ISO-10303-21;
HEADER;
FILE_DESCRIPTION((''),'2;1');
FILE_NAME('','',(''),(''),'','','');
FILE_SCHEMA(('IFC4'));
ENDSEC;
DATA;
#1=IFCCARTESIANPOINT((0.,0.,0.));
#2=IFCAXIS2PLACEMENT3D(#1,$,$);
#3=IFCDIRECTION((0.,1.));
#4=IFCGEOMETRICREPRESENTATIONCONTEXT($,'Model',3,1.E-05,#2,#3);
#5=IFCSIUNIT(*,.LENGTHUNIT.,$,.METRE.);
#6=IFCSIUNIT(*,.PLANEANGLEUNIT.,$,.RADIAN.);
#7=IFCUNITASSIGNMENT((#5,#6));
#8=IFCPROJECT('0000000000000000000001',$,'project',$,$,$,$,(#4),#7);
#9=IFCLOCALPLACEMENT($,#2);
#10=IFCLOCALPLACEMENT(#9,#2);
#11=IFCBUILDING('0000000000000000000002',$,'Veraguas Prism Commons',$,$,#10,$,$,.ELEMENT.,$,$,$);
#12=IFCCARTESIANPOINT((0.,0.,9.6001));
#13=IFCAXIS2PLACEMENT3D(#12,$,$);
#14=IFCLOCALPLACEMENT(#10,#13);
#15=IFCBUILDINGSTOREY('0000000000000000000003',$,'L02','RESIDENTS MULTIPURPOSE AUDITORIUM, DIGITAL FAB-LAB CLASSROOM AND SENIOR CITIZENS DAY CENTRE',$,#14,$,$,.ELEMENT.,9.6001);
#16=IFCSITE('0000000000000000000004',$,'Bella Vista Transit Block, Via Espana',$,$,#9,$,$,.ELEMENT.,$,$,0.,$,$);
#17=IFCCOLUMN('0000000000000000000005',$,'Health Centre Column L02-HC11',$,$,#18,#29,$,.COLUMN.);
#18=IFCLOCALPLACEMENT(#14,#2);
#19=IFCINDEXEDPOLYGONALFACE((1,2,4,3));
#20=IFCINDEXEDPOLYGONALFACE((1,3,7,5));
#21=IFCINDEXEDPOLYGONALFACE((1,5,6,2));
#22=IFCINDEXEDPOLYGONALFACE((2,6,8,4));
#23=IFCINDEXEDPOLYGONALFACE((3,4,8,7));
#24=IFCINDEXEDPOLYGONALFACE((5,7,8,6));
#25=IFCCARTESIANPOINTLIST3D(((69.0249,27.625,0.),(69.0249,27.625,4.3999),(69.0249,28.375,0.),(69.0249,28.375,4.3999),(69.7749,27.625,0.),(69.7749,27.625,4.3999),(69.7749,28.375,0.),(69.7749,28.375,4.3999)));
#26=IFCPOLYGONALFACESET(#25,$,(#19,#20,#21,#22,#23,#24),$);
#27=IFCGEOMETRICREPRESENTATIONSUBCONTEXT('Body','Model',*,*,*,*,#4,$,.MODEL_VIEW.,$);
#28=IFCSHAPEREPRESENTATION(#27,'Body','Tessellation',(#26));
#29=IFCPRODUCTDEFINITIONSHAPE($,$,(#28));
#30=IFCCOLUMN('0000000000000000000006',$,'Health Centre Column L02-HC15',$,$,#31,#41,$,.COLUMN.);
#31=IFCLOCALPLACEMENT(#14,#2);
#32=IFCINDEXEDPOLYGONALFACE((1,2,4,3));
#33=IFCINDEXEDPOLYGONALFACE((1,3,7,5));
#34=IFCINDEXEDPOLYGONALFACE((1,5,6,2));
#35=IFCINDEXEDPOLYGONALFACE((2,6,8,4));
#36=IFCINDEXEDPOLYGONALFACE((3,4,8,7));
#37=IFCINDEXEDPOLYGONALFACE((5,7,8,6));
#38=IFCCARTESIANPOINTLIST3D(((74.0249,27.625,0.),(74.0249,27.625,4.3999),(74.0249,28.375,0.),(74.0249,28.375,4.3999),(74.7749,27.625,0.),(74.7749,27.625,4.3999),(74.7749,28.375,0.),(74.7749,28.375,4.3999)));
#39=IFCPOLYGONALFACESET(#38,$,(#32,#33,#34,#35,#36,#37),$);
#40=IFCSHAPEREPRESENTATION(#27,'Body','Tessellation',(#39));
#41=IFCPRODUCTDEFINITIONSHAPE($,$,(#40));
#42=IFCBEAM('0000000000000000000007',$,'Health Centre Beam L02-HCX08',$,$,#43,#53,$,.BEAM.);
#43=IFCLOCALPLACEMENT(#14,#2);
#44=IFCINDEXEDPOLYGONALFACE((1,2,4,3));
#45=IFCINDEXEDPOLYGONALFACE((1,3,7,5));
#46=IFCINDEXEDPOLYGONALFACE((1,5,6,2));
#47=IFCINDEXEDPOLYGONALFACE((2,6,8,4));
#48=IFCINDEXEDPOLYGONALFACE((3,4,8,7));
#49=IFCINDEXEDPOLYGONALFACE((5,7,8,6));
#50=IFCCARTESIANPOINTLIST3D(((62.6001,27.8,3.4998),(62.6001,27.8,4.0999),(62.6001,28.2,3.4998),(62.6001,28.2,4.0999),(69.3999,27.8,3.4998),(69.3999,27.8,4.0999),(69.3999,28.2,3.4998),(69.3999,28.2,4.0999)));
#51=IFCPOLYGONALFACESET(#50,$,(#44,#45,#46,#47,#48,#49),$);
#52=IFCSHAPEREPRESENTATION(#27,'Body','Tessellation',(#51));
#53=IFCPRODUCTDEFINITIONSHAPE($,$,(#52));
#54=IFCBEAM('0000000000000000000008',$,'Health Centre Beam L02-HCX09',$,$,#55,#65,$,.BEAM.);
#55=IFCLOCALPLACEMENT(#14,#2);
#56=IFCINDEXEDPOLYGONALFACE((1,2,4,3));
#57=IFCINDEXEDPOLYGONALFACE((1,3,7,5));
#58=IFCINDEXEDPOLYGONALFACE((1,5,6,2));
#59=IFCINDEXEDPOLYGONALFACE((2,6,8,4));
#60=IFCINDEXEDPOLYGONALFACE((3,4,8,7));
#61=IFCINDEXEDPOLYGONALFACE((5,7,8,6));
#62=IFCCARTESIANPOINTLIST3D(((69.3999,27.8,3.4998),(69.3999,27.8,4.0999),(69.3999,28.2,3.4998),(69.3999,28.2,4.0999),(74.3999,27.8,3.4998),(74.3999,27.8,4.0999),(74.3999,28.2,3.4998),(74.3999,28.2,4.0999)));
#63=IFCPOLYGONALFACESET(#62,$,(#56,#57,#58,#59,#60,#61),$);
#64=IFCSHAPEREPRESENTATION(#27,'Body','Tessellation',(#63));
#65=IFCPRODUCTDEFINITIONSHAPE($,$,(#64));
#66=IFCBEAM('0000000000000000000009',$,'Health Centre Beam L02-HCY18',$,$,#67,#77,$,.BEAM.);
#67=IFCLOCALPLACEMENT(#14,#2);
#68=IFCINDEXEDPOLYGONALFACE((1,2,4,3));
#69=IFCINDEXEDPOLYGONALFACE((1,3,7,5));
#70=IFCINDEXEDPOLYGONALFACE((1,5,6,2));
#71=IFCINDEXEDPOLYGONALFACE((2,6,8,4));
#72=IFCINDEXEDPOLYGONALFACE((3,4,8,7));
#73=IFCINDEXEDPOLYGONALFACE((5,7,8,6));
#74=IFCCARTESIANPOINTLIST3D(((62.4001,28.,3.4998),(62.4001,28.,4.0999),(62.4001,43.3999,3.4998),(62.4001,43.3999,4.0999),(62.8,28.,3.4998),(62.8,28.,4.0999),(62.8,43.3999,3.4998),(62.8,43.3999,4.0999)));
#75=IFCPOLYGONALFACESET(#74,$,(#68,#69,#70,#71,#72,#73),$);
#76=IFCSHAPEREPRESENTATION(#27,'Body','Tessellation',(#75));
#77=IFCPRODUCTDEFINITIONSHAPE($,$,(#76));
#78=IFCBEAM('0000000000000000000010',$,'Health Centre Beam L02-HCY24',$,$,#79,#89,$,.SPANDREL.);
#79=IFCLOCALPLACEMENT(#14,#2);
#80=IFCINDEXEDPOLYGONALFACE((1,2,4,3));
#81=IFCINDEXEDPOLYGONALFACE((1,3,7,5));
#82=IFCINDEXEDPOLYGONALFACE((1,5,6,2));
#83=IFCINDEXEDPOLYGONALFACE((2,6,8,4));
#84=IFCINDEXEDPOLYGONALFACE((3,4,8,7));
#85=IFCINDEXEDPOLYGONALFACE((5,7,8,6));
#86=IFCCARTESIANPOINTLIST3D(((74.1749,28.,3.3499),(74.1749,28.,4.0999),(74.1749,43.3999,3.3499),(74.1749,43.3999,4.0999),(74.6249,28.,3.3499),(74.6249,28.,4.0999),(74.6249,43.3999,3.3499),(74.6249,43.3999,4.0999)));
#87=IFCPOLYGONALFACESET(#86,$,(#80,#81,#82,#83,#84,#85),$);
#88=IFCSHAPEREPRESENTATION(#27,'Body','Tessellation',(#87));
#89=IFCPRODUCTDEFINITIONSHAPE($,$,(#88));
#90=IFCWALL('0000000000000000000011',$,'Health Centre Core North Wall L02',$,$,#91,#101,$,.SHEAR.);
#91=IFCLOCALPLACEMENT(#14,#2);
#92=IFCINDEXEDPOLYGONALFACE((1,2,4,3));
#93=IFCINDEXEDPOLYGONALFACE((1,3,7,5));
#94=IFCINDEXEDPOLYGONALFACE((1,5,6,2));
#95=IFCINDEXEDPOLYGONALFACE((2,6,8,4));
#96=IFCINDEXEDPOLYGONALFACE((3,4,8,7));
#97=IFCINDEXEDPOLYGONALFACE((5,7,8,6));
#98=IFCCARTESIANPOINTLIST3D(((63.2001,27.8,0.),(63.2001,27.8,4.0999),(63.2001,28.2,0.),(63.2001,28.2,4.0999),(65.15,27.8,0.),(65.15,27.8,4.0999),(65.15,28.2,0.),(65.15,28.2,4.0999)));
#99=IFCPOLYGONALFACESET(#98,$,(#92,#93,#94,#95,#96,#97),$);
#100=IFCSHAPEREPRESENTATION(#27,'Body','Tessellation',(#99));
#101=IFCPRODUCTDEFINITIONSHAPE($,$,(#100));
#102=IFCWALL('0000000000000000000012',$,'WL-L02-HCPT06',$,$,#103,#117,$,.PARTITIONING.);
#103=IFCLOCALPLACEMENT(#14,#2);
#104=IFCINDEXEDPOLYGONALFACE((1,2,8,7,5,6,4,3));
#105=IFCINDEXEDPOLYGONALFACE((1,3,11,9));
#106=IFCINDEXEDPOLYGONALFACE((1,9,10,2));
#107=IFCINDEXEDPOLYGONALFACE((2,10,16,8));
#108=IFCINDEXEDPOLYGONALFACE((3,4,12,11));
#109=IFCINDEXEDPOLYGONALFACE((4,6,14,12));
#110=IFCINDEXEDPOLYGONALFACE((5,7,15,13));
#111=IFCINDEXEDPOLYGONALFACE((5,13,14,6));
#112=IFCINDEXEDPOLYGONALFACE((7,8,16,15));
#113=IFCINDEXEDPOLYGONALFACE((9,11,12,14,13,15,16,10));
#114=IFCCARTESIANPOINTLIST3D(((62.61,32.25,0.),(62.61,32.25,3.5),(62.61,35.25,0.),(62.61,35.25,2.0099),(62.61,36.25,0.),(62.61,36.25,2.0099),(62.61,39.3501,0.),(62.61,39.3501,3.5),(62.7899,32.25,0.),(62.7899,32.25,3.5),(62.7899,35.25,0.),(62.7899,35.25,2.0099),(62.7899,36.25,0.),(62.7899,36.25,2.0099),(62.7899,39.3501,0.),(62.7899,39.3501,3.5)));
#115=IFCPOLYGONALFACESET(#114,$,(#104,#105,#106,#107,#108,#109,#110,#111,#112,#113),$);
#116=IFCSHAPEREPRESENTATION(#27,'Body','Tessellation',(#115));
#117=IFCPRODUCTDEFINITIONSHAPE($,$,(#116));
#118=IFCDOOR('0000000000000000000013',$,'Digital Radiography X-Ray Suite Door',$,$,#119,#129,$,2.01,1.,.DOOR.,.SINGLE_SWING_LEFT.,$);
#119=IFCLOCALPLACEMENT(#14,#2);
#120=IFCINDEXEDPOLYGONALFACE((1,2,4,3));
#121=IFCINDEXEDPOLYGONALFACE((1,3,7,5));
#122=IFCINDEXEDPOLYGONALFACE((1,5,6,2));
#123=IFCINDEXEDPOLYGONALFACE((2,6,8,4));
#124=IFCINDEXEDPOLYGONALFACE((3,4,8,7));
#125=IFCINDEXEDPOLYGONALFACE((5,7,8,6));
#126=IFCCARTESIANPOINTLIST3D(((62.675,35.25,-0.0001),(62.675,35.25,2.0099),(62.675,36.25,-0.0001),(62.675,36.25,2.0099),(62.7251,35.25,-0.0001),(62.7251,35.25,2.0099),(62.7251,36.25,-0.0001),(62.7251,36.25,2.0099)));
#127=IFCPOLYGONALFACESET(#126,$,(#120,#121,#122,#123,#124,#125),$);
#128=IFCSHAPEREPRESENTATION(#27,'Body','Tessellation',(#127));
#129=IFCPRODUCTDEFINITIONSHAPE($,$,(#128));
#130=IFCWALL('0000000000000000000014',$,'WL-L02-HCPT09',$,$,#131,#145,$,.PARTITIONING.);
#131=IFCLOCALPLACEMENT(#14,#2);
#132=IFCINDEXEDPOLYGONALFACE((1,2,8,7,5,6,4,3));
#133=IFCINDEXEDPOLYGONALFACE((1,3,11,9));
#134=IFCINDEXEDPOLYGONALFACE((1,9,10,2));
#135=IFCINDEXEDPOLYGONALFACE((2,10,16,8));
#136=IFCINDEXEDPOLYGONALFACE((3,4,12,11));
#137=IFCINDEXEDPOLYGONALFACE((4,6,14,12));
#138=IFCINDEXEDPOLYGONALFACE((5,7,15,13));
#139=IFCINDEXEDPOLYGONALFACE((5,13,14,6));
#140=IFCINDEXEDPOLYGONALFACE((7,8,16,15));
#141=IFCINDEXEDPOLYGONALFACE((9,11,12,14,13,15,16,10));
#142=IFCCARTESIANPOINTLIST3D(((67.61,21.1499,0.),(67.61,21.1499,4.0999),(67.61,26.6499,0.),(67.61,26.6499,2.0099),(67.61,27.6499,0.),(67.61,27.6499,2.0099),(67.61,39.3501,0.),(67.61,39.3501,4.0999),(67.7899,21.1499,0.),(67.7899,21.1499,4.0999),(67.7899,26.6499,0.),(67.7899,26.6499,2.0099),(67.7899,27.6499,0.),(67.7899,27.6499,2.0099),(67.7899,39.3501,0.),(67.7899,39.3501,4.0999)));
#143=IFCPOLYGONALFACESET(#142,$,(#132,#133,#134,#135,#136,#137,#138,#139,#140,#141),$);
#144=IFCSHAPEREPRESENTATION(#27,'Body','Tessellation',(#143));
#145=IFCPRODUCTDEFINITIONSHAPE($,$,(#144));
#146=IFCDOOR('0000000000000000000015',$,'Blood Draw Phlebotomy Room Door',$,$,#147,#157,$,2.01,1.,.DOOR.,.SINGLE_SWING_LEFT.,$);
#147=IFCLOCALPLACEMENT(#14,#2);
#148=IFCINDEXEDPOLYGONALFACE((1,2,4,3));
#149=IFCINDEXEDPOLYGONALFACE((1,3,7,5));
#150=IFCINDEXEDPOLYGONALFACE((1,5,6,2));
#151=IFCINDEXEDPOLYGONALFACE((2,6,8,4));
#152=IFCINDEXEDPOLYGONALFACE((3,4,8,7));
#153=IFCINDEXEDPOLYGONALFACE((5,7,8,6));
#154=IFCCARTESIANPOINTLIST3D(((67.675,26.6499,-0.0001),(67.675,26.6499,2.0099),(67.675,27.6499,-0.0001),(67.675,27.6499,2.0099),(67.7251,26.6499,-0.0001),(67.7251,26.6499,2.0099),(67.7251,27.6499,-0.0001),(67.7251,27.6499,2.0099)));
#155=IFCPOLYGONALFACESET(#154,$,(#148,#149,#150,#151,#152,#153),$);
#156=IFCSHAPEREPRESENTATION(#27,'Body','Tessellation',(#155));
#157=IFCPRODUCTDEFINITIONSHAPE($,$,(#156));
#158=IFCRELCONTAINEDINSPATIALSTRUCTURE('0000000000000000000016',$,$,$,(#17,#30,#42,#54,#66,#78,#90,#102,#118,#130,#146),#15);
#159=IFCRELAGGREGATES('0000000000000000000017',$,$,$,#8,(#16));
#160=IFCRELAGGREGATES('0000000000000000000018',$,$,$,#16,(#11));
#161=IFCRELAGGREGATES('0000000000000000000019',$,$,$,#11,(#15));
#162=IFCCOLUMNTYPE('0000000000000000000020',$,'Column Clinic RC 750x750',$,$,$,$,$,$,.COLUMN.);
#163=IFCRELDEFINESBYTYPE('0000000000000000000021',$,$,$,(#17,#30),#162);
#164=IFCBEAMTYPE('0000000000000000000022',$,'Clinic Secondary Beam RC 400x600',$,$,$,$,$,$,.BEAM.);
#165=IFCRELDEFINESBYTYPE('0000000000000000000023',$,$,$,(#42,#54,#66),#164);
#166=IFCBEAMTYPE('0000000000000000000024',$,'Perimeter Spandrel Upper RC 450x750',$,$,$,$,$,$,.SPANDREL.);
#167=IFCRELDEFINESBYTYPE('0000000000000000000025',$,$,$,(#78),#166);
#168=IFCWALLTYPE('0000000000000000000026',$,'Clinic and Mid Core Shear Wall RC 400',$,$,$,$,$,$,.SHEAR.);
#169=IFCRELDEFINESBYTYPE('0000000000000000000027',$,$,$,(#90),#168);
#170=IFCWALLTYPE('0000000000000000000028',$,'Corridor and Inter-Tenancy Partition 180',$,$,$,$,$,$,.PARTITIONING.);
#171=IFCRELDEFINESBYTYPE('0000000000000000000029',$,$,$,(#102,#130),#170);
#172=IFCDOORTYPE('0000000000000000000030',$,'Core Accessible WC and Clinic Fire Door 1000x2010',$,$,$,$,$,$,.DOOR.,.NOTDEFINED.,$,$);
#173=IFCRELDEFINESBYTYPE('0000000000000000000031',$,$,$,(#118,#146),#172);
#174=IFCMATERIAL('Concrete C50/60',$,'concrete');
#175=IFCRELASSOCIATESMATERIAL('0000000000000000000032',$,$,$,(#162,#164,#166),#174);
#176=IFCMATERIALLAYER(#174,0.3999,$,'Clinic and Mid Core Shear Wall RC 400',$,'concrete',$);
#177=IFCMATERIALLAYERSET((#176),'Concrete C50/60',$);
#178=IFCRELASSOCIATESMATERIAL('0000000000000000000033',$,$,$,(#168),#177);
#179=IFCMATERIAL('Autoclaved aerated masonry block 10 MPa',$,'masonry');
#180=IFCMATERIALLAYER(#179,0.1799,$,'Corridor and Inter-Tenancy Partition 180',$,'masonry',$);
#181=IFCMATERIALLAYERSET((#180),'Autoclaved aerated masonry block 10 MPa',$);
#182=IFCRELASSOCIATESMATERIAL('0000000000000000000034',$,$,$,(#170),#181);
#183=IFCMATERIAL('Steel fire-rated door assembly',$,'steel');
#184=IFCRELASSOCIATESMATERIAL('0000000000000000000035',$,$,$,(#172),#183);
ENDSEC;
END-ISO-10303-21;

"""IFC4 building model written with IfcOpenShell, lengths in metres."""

from ifc_helpers import new_model, si_unit, direction, frame, frame_2d, origin, origin_2d, place, context, subcontext, project, spatial, rectangle, extrude, source, transform, mapped, material, layer, layer_set, material_profile, profile_set, type_object, element, fill, save


model = new_model("IFC4")

# Units and contexts
model_context = context("Model", 3, precision=1e-05, world=origin(), true_north=direction((0.0, 1.0)))
body_context = subcontext(model_context, "Body", "Model", "MODEL_VIEW")
ifc_project = project(units=[si_unit("LENGTHUNIT", "METRE"), si_unit("PLANEANGLEUNIT", "RADIAN")], contexts=[model_context])

# Site, building, storey
site_placement = place(None, origin())
site = spatial("IfcSite", under=ifc_project, at=site_placement, Name="Bella Vista Transit Block, Via Espana", CompositionType="ELEMENT", RefElevation=0.0)
building_placement = place(site_placement, origin())
building = spatial("IfcBuilding", under=site, at=building_placement, Name="Veraguas Prism Commons", CompositionType="ELEMENT")
storey_placement = place(building_placement, frame((0.0, 0.0, 9.6001)))
storey = spatial("IfcBuildingStorey", under=building, at=storey_placement, Name="L02", Description="RESIDENTS MULTIPURPOSE AUDITORIUM, DIGITAL FAB-LAB CLASSROOM AND SENIOR CITIZENS DAY CENTRE", CompositionType="ELEMENT", Elevation=9.6001)

# Columns
ifc_material_1 = material(Name="Concrete C50/60", Category="concrete")
ifc_material_profile_1 = material_profile(ifc_material_1, rectangle(XDim=0.75, YDim=0.75, at=origin_2d()), Name="RC750X750")
ifc_profile_set_1 = profile_set([ifc_material_profile_1], Name="Concrete C50/60")
column_type = type_object("IfcColumnType", Name="Column Clinic RC 750x750", PredefinedType="COLUMN", material=ifc_profile_set_1)
for number, where, z_axis, x_axis, name in (
    (1, (69.3999, 28.0, 0.0), (0.0, 0.0, 1.0), (1.0, 0.0, 0.0), "Health Centre Column L02-HC11"),
    (2, (74.3999, 28.0, 0.0), (0.0, 0.0, 1.0), (1.0, 0.0, 0.0), "Health Centre Column L02-HC15"),
):
    element("IfcColumn", number, at=place(storey_placement, frame(where, z_axis=z_axis, x_axis=x_axis)), inside=storey, type_object=column_type, Name=name, PredefinedType="COLUMN", context=body_context, shape_type="SweptSolid", body=[
        extrude(rectangle(XDim=0.75, YDim=0.75, at=origin_2d()), origin(), (0.0, 0.0, 1.0), 4.3999),
    ])

# Beams
ifc_material_profile_2 = material_profile(ifc_material_1, rectangle(XDim=0.3999, YDim=0.6001, at=origin_2d()), Name="RC400X600")
ifc_profile_set_2 = profile_set([ifc_material_profile_2], Name="Concrete C50/60")
beam_type_1 = type_object("IfcBeamType", Name="Clinic Secondary Beam RC 400x600", PredefinedType="BEAM", material=ifc_profile_set_2)
beam_1_placement = place(storey_placement, frame((62.6001, 28.0, 3.7998), z_axis=(1.0, 0.0, 0.0), x_axis=(0.0, 1.0, 0.0)))
element("IfcBeam", 3, at=beam_1_placement, inside=storey, type_object=beam_type_1, Name="Health Centre Beam L02-HCX08", PredefinedType="BEAM", context=body_context, shape_type="SweptSolid", body=[
    extrude(rectangle(XDim=0.3999, YDim=0.6001, at=origin_2d()), origin(), (0.0, 0.0, 1.0), 6.7998),
])
beam_2_placement = place(storey_placement, frame((69.3999, 28.0, 3.7998), z_axis=(1.0, 0.0, 0.0), x_axis=(0.0, 1.0, 0.0)))
element("IfcBeam", 4, at=beam_2_placement, inside=storey, type_object=beam_type_1, Name="Health Centre Beam L02-HCX09", PredefinedType="BEAM", context=body_context, shape_type="SweptSolid", body=[
    extrude(rectangle(XDim=0.3999, YDim=0.6001, at=origin_2d()), origin(), (0.0, 0.0, 1.0), 5.0),
])
beam_3_placement = place(storey_placement, frame((62.6001, 28.0, 3.7998), z_axis=(0.0, 1.0, 0.0), x_axis=(-1.0, 0.0, 0.0)))
element("IfcBeam", 5, at=beam_3_placement, inside=storey, type_object=beam_type_1, Name="Health Centre Beam L02-HCY18", PredefinedType="BEAM", context=body_context, shape_type="SweptSolid", body=[
    extrude(rectangle(XDim=0.3999, YDim=0.6001, at=origin_2d()), origin(), (0.0, 0.0, 1.0), 15.3999),
])
ifc_material_profile_3 = material_profile(ifc_material_1, rectangle(XDim=0.45, YDim=0.75, at=origin_2d()), Name="RC450X750")
ifc_profile_set_3 = profile_set([ifc_material_profile_3], Name="Concrete C50/60")
beam_type_2 = type_object("IfcBeamType", Name="Perimeter Spandrel Upper RC 450x750", PredefinedType="SPANDREL", material=ifc_profile_set_3)
beam_4_placement = place(storey_placement, frame((74.3999, 28.0, 3.7249), z_axis=(0.0, 1.0, 0.0), x_axis=(-1.0, 0.0, 0.0)))
element("IfcBeam", 6, at=beam_4_placement, inside=storey, type_object=beam_type_2, Name="Health Centre Beam L02-HCY24", PredefinedType="SPANDREL", context=body_context, shape_type="SweptSolid", body=[
    extrude(rectangle(XDim=0.45, YDim=0.75, at=origin_2d()), origin(), (0.0, 0.0, 1.0), 15.3999),
])

# Wall
ifc_layer_1 = layer(ifc_material_1, 0.3999, Name="Clinic and Mid Core Shear Wall RC 400", Category="concrete")
ifc_layer_set_1 = layer_set([ifc_layer_1], Name="Concrete C50/60")
wall_type_1 = type_object("IfcWallType", Name="Clinic and Mid Core Shear Wall RC 400", PredefinedType="SHEAR", material=ifc_layer_set_1)
wall_1_placement = place(storey_placement, frame((63.2, 28.0, 0.0), z_axis=(0.0, 0.0, 1.0), x_axis=(1.0, 0.0, 0.0)))
element("IfcWall", 7, at=wall_1_placement, inside=storey, type_object=wall_type_1, Name="Health Centre Core North Wall L02", PredefinedType="SHEAR", context=body_context, shape_type="SweptSolid", body=[
    extrude(rectangle(XDim=1.95, YDim=0.3999, at=frame_2d((0.9751, 0.0))), origin(), (0.0, 0.0, 1.0), 4.0999),
])

# Walls, openings, doors
ifc_material_2 = material(Name="Autoclaved aerated masonry block 10 MPa", Category="masonry")
ifc_layer_2 = layer(ifc_material_2, 0.1799, Name="Corridor and Inter-Tenancy Partition 180", Category="masonry")
ifc_layer_set_2 = layer_set([ifc_layer_2], Name="Autoclaved aerated masonry block 10 MPa")
wall_type_2 = type_object("IfcWallType", Name="Corridor and Inter-Tenancy Partition 180", PredefinedType="PARTITIONING", material=ifc_layer_set_2)
wall_2_placement = place(storey_placement, frame((62.7, 32.25, 0.0), z_axis=(0.0, 0.0, 1.0), x_axis=(0.0, 1.0, 0.0)))
wall_2 = element("IfcWall", 8, at=wall_2_placement, inside=storey, type_object=wall_type_2, Name="WL-L02-HCPT06", PredefinedType="PARTITIONING", context=body_context, shape_type="SweptSolid", body=[
    extrude(rectangle(XDim=7.1001, YDim=0.1799, at=frame_2d((3.55, 0.0))), origin(), (0.0, 0.0, 1.0), 3.5),
])
opening_1_placement = place(wall_2_placement, frame((3.0, 0.0, 0.0)))
opening_1 = element("IfcOpeningElement", 9, at=opening_1_placement, cuts=wall_2, PredefinedType="OPENING", context=body_context, shape_type="SweptSolid", body=[
    extrude(rectangle(XDim=1.0, YDim=2.01, at=frame_2d((0.5, 1.0049))), frame((0.0, 0.0999, 0.0), z_axis=(0.0, -1.0, 0.0), x_axis=(1.0, 0.0, 0.0)), (0.0, 0.0, 1.0), 0.2),
])
ifc_material_3 = material(Name="Steel fire-rated door assembly", Category="steel")
door_type = type_object("IfcDoorType", Name="Core Accessible WC and Clinic Fire Door 1000x2010", OperationType="NOTDEFINED", PredefinedType="DOOR", material=ifc_material_3)
shared_shape_1 = source(origin(), body_context, "Body", "SweptSolid", [
    extrude(rectangle(XDim=1.0, YDim=2.01, at=frame_2d((0.5, 1.0049))), frame((0.0, 0.0249, 0.0), z_axis=(0.0, -1.0, 0.0), x_axis=(1.0, 0.0, 0.0)), (0.0, 0.0, 1.0), 0.05),
])
door_1_placement = place(opening_1_placement, origin())
door_1 = element("IfcDoor", 10, at=door_1_placement, inside=storey, type_object=door_type, Name="Digital Radiography X-Ray Suite Door", OperationType="SINGLE_SWING_LEFT", OverallHeight=2.01, OverallWidth=1.0, PredefinedType="DOOR", context=body_context, shape_type="MappedRepresentation", body=[
    mapped(shared_shape_1, transform((0.0, 0.0, 0.0), scale=1.0)),
])
fill(opening_1, door_1)
wall_3_placement = place(storey_placement, frame((67.7, 21.1499, 0.0), z_axis=(0.0, 0.0, 1.0), x_axis=(0.0, 1.0, 0.0)))
wall_3 = element("IfcWall", 11, at=wall_3_placement, inside=storey, type_object=wall_type_2, Name="WL-L02-HCPT09", PredefinedType="PARTITIONING", context=body_context, shape_type="SweptSolid", body=[
    extrude(rectangle(XDim=18.2002, YDim=0.1799, at=frame_2d((9.1001, 0.0))), origin(), (0.0, 0.0, 1.0), 4.0999),
])
opening_2_placement = place(wall_3_placement, frame((5.5, 0.0, 0.0)))
opening_2 = element("IfcOpeningElement", 12, at=opening_2_placement, cuts=wall_3, PredefinedType="OPENING", context=body_context, shape_type="SweptSolid", body=[
    extrude(rectangle(XDim=1.0, YDim=2.01, at=frame_2d((0.5, 1.0049))), frame((0.0, 0.0999, 0.0), z_axis=(0.0, -1.0, 0.0), x_axis=(1.0, 0.0, 0.0)), (0.0, 0.0, 1.0), 0.2),
])
door_2_placement = place(opening_2_placement, origin())
door_2 = element("IfcDoor", 13, at=door_2_placement, inside=storey, type_object=door_type, Name="Blood Draw Phlebotomy Room Door", OperationType="SINGLE_SWING_LEFT", OverallHeight=2.01, OverallWidth=1.0, PredefinedType="DOOR", context=body_context, shape_type="MappedRepresentation", body=[
    mapped(shared_shape_1, transform((0.0, 0.0, 0.0), scale=1.0)),
])
fill(opening_2, door_2)

save(model, "model.ifc")
